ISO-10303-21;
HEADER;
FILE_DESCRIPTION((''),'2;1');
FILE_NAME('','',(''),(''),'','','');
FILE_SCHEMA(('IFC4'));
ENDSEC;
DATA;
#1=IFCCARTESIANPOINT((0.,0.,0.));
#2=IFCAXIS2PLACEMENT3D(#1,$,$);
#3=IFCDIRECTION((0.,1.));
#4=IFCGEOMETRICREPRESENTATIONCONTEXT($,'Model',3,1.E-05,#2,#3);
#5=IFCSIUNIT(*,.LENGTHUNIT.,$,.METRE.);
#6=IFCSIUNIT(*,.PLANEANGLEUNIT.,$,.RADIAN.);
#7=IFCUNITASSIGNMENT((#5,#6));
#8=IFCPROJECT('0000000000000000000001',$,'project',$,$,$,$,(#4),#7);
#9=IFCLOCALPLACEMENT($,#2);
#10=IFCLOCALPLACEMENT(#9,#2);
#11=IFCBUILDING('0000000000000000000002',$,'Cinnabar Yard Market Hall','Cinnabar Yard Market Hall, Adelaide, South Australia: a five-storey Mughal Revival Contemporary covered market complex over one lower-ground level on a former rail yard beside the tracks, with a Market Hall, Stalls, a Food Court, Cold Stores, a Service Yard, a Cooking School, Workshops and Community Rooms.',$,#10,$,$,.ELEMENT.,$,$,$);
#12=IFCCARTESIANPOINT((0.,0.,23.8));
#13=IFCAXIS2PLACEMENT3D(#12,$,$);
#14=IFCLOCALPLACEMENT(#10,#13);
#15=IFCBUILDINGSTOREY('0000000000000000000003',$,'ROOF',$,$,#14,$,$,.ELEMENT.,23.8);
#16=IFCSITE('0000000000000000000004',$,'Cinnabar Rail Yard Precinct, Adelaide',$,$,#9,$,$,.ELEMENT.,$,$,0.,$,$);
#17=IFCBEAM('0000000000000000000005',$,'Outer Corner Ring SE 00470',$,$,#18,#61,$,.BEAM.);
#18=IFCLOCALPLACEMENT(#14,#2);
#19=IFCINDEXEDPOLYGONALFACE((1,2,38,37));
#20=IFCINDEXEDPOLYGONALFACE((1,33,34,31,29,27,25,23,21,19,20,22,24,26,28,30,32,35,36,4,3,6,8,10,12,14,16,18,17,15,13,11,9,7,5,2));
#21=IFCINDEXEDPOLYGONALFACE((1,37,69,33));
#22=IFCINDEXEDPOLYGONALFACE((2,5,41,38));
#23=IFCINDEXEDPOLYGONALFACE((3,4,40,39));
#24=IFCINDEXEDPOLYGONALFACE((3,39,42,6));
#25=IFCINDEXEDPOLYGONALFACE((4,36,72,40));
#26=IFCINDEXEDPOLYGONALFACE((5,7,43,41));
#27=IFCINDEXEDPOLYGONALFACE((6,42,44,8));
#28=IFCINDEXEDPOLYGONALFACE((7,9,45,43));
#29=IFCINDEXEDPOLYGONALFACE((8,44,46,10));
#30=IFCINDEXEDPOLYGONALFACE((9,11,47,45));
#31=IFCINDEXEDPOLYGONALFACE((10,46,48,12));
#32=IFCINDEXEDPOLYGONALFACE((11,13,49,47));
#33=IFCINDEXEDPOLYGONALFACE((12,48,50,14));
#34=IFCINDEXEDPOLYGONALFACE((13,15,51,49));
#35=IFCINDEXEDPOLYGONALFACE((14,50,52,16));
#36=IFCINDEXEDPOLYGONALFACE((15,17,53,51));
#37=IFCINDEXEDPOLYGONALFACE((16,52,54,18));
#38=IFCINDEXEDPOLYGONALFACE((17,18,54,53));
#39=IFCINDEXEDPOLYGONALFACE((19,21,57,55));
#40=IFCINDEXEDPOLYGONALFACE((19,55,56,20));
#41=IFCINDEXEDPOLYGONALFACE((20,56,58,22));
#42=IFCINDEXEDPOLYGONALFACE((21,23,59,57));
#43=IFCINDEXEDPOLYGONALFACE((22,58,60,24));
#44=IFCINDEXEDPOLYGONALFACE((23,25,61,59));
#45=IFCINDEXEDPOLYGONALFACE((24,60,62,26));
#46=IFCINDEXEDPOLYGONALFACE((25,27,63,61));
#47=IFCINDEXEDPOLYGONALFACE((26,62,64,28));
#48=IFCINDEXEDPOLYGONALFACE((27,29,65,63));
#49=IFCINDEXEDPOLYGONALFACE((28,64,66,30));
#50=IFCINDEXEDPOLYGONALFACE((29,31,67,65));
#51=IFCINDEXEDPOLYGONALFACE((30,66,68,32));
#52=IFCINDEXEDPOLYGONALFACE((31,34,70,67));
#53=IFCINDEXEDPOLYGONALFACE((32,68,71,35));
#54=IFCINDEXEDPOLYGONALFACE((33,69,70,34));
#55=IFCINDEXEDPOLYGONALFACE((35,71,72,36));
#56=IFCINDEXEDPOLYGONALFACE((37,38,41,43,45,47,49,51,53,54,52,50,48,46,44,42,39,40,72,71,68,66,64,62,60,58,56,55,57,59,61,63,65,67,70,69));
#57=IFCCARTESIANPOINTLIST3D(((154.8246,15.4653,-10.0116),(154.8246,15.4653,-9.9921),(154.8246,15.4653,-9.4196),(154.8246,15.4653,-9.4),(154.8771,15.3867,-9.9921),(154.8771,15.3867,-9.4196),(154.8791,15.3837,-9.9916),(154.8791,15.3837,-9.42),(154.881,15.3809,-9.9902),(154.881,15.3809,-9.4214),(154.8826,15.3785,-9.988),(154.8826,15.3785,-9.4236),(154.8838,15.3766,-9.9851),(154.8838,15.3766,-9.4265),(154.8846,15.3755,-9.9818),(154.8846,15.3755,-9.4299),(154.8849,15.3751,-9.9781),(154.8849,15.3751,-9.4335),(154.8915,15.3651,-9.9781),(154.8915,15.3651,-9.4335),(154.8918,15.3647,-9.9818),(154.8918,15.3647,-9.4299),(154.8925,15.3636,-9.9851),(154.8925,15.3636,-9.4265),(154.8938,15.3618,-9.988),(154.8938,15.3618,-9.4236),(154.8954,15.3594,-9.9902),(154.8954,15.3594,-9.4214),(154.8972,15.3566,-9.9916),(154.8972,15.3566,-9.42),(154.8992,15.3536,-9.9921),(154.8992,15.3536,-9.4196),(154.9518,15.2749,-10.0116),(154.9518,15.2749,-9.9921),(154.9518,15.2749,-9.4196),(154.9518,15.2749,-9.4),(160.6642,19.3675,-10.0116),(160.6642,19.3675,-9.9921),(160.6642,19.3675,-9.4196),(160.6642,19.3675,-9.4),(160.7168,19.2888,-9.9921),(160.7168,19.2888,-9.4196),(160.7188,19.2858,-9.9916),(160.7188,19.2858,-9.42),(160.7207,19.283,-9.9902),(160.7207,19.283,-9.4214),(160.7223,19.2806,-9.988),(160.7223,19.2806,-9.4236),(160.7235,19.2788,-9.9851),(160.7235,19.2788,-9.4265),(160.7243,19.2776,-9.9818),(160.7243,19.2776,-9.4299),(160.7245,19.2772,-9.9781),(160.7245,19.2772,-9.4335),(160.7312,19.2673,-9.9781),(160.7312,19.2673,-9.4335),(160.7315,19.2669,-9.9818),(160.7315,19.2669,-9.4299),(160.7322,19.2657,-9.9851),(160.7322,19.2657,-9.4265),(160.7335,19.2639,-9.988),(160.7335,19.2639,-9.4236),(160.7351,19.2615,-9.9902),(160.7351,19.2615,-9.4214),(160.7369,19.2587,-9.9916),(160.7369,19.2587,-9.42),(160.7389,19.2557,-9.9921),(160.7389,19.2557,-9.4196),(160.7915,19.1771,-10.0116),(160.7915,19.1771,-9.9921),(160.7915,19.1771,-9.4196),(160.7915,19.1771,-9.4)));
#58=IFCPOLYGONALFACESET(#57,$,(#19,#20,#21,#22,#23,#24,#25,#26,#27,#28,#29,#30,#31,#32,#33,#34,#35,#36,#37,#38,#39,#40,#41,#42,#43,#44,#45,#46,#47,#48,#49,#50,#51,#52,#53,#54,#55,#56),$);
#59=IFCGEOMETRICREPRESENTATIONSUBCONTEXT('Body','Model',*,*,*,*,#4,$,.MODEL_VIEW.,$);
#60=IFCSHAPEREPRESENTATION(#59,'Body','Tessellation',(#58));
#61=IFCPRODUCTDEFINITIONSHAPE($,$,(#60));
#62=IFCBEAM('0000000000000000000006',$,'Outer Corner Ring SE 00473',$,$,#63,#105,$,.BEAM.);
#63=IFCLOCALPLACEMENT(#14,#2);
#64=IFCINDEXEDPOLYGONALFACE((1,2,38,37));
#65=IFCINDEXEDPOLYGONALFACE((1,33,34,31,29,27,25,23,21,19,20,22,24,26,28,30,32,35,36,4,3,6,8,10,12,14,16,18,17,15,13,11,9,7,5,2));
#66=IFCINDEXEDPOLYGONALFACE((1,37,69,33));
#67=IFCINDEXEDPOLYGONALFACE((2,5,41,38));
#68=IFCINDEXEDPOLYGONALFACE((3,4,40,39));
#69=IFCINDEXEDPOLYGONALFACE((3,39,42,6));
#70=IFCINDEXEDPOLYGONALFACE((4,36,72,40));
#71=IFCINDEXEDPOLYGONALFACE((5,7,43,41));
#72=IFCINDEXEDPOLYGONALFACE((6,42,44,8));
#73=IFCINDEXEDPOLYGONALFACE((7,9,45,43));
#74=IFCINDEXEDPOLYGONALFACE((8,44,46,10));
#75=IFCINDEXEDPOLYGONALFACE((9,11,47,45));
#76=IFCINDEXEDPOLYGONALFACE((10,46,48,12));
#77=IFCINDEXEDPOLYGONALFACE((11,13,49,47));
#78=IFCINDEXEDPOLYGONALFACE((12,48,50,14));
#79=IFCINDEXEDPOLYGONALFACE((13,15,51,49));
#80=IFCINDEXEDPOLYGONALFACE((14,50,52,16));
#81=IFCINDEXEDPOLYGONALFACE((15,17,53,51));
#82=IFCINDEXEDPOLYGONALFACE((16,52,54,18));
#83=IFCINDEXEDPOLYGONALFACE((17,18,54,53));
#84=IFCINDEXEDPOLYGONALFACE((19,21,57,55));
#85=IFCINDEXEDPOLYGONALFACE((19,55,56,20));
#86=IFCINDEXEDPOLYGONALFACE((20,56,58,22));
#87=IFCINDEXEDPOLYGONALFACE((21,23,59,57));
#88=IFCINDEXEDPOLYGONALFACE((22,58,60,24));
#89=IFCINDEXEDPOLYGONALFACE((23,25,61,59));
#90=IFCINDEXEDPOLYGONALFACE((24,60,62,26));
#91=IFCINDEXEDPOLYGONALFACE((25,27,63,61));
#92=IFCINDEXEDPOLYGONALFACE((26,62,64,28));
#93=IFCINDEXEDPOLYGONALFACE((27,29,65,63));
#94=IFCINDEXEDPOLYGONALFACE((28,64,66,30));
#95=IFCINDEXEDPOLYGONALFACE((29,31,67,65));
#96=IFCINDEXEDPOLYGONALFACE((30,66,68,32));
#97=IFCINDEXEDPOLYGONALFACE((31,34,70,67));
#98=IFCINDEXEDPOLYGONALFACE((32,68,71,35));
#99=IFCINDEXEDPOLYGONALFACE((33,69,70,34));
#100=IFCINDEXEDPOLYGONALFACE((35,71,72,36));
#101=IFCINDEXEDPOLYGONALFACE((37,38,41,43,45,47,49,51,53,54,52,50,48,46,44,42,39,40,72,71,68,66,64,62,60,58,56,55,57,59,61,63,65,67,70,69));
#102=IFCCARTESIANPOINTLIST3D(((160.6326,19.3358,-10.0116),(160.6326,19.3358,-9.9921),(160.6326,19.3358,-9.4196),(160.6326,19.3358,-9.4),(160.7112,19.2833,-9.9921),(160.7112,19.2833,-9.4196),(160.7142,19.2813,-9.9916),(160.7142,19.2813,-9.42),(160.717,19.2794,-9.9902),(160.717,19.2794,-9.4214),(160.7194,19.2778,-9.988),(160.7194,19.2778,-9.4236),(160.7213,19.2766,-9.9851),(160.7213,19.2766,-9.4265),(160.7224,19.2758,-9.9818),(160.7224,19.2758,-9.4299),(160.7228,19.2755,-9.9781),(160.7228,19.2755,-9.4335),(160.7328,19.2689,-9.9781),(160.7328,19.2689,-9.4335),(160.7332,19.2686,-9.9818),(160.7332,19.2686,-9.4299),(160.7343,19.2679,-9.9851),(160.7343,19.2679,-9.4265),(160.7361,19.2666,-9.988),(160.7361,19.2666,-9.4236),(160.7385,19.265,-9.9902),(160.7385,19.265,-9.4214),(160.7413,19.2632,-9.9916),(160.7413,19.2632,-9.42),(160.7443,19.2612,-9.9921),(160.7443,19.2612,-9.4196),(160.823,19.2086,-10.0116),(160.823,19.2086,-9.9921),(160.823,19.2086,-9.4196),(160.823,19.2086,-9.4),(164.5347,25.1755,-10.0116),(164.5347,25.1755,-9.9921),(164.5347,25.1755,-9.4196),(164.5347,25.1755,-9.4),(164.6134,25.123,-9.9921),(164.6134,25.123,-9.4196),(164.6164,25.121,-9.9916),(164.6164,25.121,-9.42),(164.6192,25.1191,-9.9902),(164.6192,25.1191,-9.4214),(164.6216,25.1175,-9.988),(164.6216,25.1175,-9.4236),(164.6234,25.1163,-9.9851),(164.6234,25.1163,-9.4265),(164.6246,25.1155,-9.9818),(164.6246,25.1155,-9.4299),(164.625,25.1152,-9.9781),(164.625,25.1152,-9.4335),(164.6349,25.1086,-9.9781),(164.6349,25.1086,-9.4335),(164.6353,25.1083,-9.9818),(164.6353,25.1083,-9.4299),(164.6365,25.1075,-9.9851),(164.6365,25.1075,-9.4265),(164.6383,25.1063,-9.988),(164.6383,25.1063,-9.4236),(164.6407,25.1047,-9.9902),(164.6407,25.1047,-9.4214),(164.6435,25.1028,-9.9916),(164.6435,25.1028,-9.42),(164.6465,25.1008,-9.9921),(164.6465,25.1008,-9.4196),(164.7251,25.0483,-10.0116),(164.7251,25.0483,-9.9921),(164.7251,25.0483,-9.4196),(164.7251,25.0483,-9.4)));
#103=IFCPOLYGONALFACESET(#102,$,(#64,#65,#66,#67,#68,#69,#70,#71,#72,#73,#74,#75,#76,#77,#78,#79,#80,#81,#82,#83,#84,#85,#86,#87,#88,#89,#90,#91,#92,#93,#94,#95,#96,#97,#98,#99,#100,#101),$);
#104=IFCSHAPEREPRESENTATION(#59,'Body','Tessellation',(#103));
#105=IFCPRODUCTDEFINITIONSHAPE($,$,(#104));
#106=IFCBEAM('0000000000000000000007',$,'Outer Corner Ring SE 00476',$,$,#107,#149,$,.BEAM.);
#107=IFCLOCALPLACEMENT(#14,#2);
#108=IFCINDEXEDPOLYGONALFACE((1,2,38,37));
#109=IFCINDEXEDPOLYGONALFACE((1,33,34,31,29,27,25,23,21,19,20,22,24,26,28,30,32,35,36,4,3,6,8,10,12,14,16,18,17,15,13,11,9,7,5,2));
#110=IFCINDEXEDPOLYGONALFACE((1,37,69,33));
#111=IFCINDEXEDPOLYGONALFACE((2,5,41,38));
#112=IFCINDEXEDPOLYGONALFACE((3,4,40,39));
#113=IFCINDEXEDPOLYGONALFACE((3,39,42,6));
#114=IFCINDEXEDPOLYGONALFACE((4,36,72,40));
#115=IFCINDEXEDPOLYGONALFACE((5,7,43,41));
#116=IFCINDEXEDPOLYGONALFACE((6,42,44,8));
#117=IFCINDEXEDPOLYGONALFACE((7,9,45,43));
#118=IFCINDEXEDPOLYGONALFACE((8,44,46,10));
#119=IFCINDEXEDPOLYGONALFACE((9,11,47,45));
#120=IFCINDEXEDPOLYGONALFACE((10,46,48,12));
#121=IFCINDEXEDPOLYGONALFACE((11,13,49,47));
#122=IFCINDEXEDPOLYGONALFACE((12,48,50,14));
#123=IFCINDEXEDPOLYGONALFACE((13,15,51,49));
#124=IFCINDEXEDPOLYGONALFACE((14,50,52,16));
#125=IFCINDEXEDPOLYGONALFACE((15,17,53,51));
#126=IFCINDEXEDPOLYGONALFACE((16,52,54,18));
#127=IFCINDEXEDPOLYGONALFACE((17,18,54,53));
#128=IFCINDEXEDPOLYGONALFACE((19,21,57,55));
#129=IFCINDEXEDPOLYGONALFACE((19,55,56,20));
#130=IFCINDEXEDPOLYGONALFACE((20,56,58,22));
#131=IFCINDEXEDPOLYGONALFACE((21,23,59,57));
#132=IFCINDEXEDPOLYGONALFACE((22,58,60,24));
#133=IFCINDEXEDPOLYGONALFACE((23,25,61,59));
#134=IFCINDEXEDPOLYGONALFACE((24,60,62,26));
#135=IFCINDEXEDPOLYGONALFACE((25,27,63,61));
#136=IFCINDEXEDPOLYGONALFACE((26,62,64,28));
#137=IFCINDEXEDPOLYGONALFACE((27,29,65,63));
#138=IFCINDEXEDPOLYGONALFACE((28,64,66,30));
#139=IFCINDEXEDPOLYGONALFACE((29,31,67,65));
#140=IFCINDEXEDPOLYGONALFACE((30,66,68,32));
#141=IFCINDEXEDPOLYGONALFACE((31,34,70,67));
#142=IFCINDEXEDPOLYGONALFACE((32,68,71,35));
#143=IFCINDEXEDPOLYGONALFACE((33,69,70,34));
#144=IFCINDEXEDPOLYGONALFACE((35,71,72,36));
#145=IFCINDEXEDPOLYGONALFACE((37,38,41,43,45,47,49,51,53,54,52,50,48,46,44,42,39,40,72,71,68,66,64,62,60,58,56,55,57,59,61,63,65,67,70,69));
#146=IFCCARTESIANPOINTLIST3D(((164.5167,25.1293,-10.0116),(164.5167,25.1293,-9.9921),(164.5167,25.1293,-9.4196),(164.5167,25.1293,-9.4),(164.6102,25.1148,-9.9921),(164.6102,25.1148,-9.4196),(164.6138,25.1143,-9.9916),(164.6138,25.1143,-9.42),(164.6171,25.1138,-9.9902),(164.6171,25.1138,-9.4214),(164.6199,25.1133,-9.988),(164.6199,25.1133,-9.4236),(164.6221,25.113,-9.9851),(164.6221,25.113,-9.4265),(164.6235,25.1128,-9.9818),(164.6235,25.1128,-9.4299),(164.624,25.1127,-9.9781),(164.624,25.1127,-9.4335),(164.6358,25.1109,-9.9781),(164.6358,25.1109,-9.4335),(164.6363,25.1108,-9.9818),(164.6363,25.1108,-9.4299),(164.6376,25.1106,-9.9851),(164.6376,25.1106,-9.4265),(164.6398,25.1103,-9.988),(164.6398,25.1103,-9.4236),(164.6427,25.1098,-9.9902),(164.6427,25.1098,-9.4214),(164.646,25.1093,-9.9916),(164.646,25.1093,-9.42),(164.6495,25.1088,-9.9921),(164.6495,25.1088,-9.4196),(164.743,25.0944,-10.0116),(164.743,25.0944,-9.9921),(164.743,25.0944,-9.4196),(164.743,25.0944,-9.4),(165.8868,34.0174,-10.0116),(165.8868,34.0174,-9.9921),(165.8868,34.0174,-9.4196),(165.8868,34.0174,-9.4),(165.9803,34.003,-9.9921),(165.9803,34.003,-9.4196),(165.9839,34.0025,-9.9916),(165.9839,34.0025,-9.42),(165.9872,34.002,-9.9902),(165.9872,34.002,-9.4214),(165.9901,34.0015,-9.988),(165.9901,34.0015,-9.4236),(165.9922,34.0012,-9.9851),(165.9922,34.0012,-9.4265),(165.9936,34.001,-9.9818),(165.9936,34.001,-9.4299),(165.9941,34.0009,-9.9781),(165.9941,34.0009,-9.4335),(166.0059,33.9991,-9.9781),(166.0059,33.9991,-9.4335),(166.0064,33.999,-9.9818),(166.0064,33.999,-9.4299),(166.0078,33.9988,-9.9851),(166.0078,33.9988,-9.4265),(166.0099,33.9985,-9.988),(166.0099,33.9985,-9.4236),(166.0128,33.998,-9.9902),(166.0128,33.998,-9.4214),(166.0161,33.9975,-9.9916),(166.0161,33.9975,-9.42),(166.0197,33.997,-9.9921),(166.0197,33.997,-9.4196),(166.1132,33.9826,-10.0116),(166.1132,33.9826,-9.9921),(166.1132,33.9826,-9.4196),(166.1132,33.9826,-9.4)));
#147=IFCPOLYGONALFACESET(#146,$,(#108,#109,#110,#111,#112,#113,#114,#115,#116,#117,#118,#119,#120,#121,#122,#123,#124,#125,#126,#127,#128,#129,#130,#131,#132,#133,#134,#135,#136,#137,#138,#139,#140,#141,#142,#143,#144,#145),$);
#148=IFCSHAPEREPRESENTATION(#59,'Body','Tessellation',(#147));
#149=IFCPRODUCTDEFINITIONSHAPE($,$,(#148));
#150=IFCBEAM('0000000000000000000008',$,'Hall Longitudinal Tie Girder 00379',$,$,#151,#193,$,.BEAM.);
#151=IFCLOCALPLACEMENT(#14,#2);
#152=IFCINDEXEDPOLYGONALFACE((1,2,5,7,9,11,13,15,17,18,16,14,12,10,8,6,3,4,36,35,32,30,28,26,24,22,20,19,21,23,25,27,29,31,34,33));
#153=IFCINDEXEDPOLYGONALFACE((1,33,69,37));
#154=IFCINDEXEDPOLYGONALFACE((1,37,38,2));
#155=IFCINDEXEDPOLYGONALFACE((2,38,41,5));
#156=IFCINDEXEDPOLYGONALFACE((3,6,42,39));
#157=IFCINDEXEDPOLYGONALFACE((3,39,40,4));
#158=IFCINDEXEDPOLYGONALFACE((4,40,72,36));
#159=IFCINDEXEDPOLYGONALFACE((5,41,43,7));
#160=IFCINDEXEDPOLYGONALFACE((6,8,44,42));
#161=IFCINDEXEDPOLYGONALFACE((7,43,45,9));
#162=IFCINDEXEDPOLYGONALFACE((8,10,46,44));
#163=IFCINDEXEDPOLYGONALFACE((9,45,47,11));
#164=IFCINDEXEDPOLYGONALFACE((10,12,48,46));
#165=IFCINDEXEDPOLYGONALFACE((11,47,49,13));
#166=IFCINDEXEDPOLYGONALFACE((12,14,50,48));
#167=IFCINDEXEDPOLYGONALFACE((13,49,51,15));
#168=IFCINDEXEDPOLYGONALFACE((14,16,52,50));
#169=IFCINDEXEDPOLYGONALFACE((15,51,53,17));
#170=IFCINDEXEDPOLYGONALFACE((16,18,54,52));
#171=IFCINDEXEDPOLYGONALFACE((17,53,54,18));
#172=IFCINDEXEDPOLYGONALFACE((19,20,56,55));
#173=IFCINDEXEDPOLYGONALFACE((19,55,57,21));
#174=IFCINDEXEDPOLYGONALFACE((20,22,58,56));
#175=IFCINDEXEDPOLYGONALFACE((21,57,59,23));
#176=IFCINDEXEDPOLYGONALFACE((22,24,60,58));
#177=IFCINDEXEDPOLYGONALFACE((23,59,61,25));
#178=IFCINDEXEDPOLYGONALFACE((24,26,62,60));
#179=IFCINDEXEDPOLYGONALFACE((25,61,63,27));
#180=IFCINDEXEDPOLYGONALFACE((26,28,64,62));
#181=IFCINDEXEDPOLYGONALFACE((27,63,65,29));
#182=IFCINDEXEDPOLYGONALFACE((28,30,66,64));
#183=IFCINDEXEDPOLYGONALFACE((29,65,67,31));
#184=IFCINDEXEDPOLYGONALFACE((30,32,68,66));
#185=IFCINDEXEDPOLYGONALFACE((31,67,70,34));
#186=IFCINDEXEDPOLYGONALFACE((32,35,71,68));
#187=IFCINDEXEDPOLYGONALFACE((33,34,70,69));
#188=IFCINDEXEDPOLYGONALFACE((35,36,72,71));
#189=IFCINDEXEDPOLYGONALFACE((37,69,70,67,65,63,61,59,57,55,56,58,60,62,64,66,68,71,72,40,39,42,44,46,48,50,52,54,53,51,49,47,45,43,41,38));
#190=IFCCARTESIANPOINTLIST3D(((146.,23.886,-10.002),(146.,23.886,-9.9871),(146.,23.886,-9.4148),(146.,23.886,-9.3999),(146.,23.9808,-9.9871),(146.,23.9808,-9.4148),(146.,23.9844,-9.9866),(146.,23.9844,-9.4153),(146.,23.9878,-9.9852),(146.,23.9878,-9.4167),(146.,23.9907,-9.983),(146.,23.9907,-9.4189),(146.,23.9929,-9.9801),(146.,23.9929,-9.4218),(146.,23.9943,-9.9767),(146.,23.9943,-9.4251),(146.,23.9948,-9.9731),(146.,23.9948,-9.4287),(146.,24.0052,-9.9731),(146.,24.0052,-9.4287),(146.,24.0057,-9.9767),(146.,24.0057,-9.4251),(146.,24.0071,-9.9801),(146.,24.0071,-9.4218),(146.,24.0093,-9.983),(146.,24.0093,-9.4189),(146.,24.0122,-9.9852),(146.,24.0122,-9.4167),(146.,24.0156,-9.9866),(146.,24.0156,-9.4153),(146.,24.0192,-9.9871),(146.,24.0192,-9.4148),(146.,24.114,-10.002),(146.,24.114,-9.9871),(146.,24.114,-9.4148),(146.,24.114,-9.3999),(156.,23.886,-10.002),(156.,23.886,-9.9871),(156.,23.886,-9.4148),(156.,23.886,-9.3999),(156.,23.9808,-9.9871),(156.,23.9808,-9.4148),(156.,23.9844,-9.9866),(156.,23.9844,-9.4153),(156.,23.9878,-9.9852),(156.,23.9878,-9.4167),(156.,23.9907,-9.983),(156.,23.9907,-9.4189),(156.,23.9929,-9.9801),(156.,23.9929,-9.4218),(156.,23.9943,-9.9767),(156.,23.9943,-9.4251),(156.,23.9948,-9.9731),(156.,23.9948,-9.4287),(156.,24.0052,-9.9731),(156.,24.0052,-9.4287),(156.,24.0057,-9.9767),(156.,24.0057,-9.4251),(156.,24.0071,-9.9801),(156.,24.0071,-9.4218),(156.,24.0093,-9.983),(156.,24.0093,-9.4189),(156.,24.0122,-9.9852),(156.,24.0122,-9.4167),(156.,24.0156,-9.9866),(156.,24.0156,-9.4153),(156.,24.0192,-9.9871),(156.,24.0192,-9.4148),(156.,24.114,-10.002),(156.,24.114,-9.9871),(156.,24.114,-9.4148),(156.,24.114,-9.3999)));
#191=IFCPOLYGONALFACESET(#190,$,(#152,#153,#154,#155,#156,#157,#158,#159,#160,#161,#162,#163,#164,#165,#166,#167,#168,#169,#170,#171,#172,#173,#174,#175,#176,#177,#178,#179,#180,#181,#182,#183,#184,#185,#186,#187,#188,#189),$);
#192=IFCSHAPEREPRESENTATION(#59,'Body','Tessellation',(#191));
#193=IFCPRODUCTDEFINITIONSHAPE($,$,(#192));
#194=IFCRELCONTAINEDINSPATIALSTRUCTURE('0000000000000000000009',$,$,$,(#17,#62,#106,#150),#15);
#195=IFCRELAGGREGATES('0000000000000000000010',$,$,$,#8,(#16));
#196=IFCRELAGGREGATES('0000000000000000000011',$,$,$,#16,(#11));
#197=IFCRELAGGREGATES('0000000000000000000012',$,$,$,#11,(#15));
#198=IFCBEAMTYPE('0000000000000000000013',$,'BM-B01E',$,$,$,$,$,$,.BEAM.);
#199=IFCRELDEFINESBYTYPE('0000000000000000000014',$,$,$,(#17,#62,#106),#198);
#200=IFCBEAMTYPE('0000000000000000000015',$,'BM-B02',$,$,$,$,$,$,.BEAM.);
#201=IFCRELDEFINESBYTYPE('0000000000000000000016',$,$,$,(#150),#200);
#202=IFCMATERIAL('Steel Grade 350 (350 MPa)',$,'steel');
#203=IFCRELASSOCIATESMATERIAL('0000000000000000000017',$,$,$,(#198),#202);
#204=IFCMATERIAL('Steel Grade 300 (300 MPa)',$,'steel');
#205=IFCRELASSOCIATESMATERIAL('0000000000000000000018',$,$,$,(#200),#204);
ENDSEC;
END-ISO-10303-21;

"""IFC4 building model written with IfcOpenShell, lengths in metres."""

from ifc_helpers import new_model, si_unit, direction, frame, origin, origin_2d_with_axis, place, context, subcontext, project, spatial, i_section, extrude, material, material_profile, profile_set, type_object, element, save


model = new_model("IFC4")

# Units and contexts
model_context = context("Model", 3, precision=1e-05, world=origin(), true_north=direction((0.0, 1.0)))
body_context = subcontext(model_context, "Body", "Model", "MODEL_VIEW")
ifc_project = project(units=[si_unit("LENGTHUNIT", "METRE"), si_unit("PLANEANGLEUNIT", "RADIAN")], contexts=[model_context])

# Site, building, storey
site_placement = place(None, origin())
site = spatial("IfcSite", under=ifc_project, at=site_placement, Name="Cinnabar Rail Yard Precinct, Adelaide", CompositionType="ELEMENT", RefElevation=0.0)
building_placement = place(site_placement, origin())
building = spatial("IfcBuilding", under=site, at=building_placement, Name="Cinnabar Yard Market Hall", Description="Cinnabar Yard Market Hall, Adelaide, South Australia: a five-storey Mughal Revival Contemporary covered market complex over one lower-ground level on a former rail yard beside the tracks, with a Market Hall, Stalls, a Food Court, Cold Stores, a Service Yard, a Cooking School, Workshops and Community Rooms.", CompositionType="ELEMENT")
storey_placement = place(building_placement, frame((0.0, 0.0, 23.8)))
storey = spatial("IfcBuildingStorey", under=building, at=storey_placement, Name="ROOF", CompositionType="ELEMENT", Elevation=23.8)

# Beams
ifc_material_1 = material(Name="Steel Grade 350 (350 MPa)", Category="steel")
ifc_material_profile_1 = material_profile(ifc_material_1, i_section(OverallWidth=0.229, OverallDepth=0.6116, WebThickness=0.012, FlangeThickness=0.0195, FilletRadius=0.0139, at=origin_2d_with_axis()), Name="610UB125")
ifc_profile_set_1 = profile_set([ifc_material_profile_1], Name="Steel Grade 350 (350 MPa)")
beam_type_1 = type_object("IfcBeamType", Name="BM-B01E", PredefinedType="BEAM", material=ifc_profile_set_1)
for number, where, z_axis, x_axis, name in (
    (1, (154.8882, 15.3701, -9.7058), (0.831456, 0.55559, 0.0), (-0.55559, 0.831456, 0.0), "Outer Corner Ring SE 00470"),
    (2, (160.7278, 19.2722, -9.7058), (0.55559, 0.831456, 0.0), (-0.831456, 0.55559, 0.0), "Outer Corner Ring SE 00473"),
):
    element("IfcBeam", number, at=place(storey_placement, frame(where, z_axis=z_axis, x_axis=x_axis)), inside=storey, type_object=beam_type_1, Name=name, PredefinedType="BEAM", context=body_context, shape_type="SweptSolid", body=[
        extrude(i_section(OverallWidth=0.229, OverallDepth=0.6116, WebThickness=0.012, FlangeThickness=0.0195, FilletRadius=0.0139, at=origin_2d_with_axis()), origin(), (0.0, 0.0, 1.0), 7.0234),
    ])
beam_1_placement = place(storey_placement, frame((164.6299, 25.1118, -9.7058), z_axis=(0.152351, 0.988326, 0.0), x_axis=(-0.988326, 0.152351, 0.0)))
element("IfcBeam", 3, at=beam_1_placement, inside=storey, type_object=beam_type_1, Name="Outer Corner Ring SE 00476", PredefinedType="BEAM", context=body_context, shape_type="SweptSolid", body=[
    extrude(i_section(OverallWidth=0.229, OverallDepth=0.6116, WebThickness=0.012, FlangeThickness=0.0195, FilletRadius=0.0139, at=origin_2d_with_axis()), origin(), (0.0, 0.0, 1.0), 8.9932),
])
ifc_material_2 = material(Name="Steel Grade 300 (300 MPa)", Category="steel")
ifc_material_profile_2 = material_profile(ifc_material_2, i_section(OverallWidth=0.228, OverallDepth=0.6021, WebThickness=0.0105, FlangeThickness=0.0149, FilletRadius=0.0139, at=origin_2d_with_axis()), Name="610UB101")
ifc_profile_set_2 = profile_set([ifc_material_profile_2], Name="Steel Grade 300 (300 MPa)")
beam_type_2 = type_object("IfcBeamType", Name="BM-B02", PredefinedType="BEAM", material=ifc_profile_set_2)
for number, where, z_axis, x_axis, name in (
    (4, (146.0, 24.0, -9.7009), (1.0, 0.0, 0.0), (0.0, 1.0, 0.0), "Hall Longitudinal Tie Girder 00379"),
):
    element("IfcBeam", number, at=place(storey_placement, frame(where, z_axis=z_axis, x_axis=x_axis)), inside=storey, type_object=beam_type_2, Name=name, PredefinedType="BEAM", context=body_context, shape_type="SweptSolid", body=[
        extrude(i_section(OverallWidth=0.228, OverallDepth=0.6021, WebThickness=0.0105, FlangeThickness=0.0149, FilletRadius=0.0139, at=origin_2d_with_axis()), origin(), (0.0, 0.0, 1.0), 10.0),
    ])

save(model, "model.ifc")
